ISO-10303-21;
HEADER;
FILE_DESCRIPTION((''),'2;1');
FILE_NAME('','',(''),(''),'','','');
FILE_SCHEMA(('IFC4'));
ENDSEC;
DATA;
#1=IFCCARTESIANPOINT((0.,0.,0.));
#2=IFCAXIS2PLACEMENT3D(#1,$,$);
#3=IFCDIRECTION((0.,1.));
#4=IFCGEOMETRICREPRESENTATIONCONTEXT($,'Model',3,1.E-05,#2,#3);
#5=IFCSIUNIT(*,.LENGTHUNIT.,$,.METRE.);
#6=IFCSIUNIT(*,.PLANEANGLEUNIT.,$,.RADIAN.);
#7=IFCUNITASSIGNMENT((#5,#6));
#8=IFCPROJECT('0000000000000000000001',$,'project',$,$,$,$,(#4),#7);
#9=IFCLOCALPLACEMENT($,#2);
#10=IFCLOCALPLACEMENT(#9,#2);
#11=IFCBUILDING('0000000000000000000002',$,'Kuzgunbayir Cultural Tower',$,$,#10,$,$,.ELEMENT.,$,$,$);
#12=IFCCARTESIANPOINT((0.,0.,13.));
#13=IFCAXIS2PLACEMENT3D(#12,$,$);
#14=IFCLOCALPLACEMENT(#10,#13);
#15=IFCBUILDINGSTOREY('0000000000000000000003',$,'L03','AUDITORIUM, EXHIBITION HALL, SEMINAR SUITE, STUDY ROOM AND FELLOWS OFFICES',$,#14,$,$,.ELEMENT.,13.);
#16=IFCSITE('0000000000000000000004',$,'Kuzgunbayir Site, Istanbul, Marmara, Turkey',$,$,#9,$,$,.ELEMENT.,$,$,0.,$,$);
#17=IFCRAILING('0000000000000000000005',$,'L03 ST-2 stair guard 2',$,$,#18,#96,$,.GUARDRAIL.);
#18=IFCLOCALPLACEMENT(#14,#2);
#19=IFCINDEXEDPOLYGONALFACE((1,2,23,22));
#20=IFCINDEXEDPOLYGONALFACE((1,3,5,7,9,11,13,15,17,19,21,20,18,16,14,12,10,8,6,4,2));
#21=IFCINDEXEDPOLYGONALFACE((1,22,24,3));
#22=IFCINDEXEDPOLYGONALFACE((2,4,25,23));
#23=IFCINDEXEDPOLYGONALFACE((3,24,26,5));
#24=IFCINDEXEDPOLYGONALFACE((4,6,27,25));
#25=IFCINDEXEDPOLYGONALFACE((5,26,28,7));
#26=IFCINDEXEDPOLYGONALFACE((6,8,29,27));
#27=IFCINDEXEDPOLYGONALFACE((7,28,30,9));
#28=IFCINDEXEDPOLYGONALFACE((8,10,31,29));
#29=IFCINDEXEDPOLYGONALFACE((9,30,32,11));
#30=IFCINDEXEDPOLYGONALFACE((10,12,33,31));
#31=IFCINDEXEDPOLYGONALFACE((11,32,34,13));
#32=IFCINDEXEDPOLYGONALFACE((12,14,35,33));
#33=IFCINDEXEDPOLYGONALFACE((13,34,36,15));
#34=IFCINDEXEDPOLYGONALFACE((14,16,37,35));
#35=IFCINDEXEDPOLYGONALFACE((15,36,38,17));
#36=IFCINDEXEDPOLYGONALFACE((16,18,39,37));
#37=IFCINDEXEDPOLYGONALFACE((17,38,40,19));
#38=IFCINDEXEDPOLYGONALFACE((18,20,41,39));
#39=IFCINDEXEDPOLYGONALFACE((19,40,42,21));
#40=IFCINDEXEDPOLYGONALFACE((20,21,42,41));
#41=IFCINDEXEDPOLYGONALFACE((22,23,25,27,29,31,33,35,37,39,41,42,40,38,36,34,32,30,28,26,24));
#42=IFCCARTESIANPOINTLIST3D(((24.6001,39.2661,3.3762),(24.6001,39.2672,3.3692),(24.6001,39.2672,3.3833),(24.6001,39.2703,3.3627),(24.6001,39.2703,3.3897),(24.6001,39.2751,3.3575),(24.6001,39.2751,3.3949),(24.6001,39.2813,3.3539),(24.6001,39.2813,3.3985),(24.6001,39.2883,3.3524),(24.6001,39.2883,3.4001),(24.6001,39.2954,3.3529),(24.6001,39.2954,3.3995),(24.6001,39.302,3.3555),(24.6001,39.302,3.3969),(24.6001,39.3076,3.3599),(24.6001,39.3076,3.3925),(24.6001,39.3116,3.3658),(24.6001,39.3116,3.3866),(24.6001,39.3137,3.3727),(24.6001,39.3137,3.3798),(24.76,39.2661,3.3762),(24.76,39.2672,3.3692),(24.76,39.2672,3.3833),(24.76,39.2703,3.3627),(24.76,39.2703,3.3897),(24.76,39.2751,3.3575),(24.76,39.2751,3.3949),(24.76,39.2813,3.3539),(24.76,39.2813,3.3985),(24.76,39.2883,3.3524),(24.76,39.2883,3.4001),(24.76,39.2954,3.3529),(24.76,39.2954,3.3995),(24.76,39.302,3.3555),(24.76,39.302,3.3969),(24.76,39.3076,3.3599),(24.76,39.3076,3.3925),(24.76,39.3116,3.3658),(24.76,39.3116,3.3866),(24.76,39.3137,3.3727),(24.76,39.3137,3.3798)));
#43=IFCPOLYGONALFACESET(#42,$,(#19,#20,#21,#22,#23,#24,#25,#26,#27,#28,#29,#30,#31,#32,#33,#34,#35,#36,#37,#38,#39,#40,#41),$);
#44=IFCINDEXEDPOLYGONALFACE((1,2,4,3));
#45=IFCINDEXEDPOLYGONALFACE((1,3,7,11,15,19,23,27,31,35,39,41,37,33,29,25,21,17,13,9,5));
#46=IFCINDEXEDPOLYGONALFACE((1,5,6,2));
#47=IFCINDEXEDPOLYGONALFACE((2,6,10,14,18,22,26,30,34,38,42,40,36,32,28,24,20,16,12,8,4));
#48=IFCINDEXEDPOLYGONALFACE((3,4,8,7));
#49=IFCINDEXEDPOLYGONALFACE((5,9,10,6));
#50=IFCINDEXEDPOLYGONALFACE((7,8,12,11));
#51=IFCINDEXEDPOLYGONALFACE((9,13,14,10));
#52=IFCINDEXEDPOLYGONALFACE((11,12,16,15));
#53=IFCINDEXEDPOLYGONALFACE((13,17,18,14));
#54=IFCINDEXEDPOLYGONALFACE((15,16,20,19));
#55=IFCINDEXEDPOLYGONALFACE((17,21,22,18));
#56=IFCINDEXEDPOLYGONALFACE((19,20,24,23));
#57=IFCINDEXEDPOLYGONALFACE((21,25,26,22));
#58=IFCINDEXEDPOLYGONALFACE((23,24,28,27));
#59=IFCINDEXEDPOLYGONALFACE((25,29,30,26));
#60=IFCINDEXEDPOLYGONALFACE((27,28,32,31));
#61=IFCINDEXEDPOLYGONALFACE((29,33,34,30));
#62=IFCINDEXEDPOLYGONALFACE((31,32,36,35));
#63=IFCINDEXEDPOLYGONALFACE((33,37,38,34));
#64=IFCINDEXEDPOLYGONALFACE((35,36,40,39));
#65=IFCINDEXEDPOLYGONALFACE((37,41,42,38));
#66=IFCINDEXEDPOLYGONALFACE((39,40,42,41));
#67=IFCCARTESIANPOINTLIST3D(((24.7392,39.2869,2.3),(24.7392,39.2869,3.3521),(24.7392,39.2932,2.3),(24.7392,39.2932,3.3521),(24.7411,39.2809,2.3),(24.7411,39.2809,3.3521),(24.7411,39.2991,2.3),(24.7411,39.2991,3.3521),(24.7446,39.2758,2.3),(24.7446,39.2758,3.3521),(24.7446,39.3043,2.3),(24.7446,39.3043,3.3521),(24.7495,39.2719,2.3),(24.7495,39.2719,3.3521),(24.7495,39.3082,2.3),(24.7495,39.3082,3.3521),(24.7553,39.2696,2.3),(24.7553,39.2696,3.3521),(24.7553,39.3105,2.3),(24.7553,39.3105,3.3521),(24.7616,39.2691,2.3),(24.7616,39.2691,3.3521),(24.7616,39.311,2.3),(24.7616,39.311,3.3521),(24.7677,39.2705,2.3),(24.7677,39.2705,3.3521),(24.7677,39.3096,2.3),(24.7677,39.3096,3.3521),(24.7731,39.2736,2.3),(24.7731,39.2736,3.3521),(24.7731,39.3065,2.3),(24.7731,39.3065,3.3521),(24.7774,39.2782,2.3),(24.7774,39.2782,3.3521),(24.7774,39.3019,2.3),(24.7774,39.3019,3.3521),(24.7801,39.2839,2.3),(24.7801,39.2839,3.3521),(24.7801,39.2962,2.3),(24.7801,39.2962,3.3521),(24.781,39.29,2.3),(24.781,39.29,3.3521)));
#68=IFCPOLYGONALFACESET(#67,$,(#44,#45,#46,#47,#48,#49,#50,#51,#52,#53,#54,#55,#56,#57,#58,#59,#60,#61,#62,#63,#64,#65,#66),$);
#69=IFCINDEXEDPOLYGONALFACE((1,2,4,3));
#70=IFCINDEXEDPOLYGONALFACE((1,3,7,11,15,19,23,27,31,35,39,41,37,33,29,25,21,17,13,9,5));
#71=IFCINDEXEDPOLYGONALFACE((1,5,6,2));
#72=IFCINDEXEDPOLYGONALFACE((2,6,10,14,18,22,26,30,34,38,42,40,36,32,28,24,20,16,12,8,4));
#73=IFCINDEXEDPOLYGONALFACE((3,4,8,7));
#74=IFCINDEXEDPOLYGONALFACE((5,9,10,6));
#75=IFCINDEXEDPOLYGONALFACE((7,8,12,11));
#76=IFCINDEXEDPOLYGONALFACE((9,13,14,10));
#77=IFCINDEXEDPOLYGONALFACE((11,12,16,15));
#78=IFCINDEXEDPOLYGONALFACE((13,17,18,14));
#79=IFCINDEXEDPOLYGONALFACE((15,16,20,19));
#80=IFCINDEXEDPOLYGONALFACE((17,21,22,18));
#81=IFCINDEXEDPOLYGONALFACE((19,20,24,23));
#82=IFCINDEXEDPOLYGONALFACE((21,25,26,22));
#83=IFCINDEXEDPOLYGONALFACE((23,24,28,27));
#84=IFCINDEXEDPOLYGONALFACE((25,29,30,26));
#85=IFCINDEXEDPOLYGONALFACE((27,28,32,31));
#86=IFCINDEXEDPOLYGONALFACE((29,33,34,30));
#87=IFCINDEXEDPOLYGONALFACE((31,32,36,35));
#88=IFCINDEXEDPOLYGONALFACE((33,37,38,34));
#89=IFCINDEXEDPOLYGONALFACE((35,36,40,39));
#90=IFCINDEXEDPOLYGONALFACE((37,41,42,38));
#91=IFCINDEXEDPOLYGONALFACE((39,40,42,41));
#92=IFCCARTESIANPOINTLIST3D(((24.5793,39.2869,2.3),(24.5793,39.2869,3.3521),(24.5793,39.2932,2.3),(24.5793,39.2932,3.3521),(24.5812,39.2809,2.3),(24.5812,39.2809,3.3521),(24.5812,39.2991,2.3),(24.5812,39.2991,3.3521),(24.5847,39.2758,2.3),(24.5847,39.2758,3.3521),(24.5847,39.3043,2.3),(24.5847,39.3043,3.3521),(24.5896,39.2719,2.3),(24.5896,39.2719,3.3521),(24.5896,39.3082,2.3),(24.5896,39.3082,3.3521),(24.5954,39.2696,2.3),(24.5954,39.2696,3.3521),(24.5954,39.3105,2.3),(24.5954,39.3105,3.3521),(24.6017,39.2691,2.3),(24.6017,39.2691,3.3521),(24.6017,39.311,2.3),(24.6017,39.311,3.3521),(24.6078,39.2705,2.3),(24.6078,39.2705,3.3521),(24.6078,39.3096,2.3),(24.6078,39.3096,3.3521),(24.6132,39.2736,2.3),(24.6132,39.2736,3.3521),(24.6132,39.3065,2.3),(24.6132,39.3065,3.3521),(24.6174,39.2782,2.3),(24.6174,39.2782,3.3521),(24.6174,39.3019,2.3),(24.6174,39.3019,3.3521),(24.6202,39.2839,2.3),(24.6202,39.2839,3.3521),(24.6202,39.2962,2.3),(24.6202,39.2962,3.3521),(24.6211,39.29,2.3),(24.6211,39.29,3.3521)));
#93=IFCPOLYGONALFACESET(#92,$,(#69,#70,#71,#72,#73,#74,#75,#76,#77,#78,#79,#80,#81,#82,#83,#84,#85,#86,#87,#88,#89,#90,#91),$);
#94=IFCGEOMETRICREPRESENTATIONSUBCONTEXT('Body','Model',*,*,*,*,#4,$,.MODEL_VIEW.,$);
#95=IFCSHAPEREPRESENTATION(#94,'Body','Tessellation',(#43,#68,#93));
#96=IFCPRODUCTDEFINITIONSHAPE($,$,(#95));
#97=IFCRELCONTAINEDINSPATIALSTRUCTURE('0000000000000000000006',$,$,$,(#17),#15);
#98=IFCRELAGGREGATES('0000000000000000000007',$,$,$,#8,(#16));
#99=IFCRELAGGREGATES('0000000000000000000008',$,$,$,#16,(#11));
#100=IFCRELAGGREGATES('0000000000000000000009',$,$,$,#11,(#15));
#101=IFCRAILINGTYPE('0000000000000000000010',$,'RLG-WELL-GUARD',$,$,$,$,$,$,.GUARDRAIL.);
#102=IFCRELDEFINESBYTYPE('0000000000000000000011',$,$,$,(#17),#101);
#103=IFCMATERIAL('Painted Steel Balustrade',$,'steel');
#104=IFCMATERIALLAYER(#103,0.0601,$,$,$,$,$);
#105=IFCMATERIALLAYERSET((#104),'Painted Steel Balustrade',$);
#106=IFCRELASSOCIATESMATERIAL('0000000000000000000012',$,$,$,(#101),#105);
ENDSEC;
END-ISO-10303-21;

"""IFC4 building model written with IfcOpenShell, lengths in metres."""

from ifc_helpers import new_model, si_unit, direction, frame, origin, origin_2d, place, context, subcontext, project, spatial, circle, extrude, material, layer, layer_set, type_object, element, save


model = new_model("IFC4")

# Units and contexts
model_context = context("Model", 3, precision=1e-05, world=origin(), true_north=direction((0.0, 1.0)))
body_context = subcontext(model_context, "Body", "Model", "MODEL_VIEW")
ifc_project = project(units=[si_unit("LENGTHUNIT", "METRE"), si_unit("PLANEANGLEUNIT", "RADIAN")], contexts=[model_context])

# Site, building, storey
site_placement = place(None, origin())
site = spatial("IfcSite", under=ifc_project, at=site_placement, Name="Kuzgunbayir Site, Istanbul, Marmara, Turkey", CompositionType="ELEMENT", RefElevation=0.0)
building_placement = place(site_placement, origin())
building = spatial("IfcBuilding", under=site, at=building_placement, Name="Kuzgunbayir Cultural Tower", CompositionType="ELEMENT")
storey_placement = place(building_placement, frame((0.0, 0.0, 13.0)))
storey = spatial("IfcBuildingStorey", under=building, at=storey_placement, Name="L03", Description="AUDITORIUM, EXHIBITION HALL, SEMINAR SUITE, STUDY ROOM AND FELLOWS OFFICES", CompositionType="ELEMENT", Elevation=13.0)

# Railing
ifc_material_1 = material(Name="Painted Steel Balustrade", Category="steel")
ifc_layer_1 = layer(ifc_material_1, 0.0601)
ifc_layer_set_1 = layer_set([ifc_layer_1], Name="Painted Steel Balustrade")
railing_type_1 = type_object("IfcRailingType", Name="RLG-WELL-GUARD", PredefinedType="GUARDRAIL", material=ifc_layer_set_1)
railing_1_placement = place(storey_placement, frame((24.76, 39.29, 2.3)))
element("IfcRailing", 1, at=railing_1_placement, inside=storey, type_object=railing_type_1, Name="L03 ST-2 stair guard 2", PredefinedType="GUARDRAIL", context=body_context, shape_type="SweptSolid", body=[
    extrude(circle(Radius=0.0239, at=origin_2d()), frame((0.0, 0.0, 1.0762), z_axis=(-1.0, 0.0, 0.0), x_axis=(0.0, -1.0, 0.0)), (0.0, 0.0, 1.0), 0.1599),
    extrude(circle(Radius=0.021, at=origin_2d()), origin(), (0.0, 0.0, 1.0), 1.052),
    extrude(circle(Radius=0.021, at=origin_2d()), frame((-0.1599, 0.0, 0.0)), (0.0, 0.0, 1.0), 1.052),
])

save(model, "model.ifc")
